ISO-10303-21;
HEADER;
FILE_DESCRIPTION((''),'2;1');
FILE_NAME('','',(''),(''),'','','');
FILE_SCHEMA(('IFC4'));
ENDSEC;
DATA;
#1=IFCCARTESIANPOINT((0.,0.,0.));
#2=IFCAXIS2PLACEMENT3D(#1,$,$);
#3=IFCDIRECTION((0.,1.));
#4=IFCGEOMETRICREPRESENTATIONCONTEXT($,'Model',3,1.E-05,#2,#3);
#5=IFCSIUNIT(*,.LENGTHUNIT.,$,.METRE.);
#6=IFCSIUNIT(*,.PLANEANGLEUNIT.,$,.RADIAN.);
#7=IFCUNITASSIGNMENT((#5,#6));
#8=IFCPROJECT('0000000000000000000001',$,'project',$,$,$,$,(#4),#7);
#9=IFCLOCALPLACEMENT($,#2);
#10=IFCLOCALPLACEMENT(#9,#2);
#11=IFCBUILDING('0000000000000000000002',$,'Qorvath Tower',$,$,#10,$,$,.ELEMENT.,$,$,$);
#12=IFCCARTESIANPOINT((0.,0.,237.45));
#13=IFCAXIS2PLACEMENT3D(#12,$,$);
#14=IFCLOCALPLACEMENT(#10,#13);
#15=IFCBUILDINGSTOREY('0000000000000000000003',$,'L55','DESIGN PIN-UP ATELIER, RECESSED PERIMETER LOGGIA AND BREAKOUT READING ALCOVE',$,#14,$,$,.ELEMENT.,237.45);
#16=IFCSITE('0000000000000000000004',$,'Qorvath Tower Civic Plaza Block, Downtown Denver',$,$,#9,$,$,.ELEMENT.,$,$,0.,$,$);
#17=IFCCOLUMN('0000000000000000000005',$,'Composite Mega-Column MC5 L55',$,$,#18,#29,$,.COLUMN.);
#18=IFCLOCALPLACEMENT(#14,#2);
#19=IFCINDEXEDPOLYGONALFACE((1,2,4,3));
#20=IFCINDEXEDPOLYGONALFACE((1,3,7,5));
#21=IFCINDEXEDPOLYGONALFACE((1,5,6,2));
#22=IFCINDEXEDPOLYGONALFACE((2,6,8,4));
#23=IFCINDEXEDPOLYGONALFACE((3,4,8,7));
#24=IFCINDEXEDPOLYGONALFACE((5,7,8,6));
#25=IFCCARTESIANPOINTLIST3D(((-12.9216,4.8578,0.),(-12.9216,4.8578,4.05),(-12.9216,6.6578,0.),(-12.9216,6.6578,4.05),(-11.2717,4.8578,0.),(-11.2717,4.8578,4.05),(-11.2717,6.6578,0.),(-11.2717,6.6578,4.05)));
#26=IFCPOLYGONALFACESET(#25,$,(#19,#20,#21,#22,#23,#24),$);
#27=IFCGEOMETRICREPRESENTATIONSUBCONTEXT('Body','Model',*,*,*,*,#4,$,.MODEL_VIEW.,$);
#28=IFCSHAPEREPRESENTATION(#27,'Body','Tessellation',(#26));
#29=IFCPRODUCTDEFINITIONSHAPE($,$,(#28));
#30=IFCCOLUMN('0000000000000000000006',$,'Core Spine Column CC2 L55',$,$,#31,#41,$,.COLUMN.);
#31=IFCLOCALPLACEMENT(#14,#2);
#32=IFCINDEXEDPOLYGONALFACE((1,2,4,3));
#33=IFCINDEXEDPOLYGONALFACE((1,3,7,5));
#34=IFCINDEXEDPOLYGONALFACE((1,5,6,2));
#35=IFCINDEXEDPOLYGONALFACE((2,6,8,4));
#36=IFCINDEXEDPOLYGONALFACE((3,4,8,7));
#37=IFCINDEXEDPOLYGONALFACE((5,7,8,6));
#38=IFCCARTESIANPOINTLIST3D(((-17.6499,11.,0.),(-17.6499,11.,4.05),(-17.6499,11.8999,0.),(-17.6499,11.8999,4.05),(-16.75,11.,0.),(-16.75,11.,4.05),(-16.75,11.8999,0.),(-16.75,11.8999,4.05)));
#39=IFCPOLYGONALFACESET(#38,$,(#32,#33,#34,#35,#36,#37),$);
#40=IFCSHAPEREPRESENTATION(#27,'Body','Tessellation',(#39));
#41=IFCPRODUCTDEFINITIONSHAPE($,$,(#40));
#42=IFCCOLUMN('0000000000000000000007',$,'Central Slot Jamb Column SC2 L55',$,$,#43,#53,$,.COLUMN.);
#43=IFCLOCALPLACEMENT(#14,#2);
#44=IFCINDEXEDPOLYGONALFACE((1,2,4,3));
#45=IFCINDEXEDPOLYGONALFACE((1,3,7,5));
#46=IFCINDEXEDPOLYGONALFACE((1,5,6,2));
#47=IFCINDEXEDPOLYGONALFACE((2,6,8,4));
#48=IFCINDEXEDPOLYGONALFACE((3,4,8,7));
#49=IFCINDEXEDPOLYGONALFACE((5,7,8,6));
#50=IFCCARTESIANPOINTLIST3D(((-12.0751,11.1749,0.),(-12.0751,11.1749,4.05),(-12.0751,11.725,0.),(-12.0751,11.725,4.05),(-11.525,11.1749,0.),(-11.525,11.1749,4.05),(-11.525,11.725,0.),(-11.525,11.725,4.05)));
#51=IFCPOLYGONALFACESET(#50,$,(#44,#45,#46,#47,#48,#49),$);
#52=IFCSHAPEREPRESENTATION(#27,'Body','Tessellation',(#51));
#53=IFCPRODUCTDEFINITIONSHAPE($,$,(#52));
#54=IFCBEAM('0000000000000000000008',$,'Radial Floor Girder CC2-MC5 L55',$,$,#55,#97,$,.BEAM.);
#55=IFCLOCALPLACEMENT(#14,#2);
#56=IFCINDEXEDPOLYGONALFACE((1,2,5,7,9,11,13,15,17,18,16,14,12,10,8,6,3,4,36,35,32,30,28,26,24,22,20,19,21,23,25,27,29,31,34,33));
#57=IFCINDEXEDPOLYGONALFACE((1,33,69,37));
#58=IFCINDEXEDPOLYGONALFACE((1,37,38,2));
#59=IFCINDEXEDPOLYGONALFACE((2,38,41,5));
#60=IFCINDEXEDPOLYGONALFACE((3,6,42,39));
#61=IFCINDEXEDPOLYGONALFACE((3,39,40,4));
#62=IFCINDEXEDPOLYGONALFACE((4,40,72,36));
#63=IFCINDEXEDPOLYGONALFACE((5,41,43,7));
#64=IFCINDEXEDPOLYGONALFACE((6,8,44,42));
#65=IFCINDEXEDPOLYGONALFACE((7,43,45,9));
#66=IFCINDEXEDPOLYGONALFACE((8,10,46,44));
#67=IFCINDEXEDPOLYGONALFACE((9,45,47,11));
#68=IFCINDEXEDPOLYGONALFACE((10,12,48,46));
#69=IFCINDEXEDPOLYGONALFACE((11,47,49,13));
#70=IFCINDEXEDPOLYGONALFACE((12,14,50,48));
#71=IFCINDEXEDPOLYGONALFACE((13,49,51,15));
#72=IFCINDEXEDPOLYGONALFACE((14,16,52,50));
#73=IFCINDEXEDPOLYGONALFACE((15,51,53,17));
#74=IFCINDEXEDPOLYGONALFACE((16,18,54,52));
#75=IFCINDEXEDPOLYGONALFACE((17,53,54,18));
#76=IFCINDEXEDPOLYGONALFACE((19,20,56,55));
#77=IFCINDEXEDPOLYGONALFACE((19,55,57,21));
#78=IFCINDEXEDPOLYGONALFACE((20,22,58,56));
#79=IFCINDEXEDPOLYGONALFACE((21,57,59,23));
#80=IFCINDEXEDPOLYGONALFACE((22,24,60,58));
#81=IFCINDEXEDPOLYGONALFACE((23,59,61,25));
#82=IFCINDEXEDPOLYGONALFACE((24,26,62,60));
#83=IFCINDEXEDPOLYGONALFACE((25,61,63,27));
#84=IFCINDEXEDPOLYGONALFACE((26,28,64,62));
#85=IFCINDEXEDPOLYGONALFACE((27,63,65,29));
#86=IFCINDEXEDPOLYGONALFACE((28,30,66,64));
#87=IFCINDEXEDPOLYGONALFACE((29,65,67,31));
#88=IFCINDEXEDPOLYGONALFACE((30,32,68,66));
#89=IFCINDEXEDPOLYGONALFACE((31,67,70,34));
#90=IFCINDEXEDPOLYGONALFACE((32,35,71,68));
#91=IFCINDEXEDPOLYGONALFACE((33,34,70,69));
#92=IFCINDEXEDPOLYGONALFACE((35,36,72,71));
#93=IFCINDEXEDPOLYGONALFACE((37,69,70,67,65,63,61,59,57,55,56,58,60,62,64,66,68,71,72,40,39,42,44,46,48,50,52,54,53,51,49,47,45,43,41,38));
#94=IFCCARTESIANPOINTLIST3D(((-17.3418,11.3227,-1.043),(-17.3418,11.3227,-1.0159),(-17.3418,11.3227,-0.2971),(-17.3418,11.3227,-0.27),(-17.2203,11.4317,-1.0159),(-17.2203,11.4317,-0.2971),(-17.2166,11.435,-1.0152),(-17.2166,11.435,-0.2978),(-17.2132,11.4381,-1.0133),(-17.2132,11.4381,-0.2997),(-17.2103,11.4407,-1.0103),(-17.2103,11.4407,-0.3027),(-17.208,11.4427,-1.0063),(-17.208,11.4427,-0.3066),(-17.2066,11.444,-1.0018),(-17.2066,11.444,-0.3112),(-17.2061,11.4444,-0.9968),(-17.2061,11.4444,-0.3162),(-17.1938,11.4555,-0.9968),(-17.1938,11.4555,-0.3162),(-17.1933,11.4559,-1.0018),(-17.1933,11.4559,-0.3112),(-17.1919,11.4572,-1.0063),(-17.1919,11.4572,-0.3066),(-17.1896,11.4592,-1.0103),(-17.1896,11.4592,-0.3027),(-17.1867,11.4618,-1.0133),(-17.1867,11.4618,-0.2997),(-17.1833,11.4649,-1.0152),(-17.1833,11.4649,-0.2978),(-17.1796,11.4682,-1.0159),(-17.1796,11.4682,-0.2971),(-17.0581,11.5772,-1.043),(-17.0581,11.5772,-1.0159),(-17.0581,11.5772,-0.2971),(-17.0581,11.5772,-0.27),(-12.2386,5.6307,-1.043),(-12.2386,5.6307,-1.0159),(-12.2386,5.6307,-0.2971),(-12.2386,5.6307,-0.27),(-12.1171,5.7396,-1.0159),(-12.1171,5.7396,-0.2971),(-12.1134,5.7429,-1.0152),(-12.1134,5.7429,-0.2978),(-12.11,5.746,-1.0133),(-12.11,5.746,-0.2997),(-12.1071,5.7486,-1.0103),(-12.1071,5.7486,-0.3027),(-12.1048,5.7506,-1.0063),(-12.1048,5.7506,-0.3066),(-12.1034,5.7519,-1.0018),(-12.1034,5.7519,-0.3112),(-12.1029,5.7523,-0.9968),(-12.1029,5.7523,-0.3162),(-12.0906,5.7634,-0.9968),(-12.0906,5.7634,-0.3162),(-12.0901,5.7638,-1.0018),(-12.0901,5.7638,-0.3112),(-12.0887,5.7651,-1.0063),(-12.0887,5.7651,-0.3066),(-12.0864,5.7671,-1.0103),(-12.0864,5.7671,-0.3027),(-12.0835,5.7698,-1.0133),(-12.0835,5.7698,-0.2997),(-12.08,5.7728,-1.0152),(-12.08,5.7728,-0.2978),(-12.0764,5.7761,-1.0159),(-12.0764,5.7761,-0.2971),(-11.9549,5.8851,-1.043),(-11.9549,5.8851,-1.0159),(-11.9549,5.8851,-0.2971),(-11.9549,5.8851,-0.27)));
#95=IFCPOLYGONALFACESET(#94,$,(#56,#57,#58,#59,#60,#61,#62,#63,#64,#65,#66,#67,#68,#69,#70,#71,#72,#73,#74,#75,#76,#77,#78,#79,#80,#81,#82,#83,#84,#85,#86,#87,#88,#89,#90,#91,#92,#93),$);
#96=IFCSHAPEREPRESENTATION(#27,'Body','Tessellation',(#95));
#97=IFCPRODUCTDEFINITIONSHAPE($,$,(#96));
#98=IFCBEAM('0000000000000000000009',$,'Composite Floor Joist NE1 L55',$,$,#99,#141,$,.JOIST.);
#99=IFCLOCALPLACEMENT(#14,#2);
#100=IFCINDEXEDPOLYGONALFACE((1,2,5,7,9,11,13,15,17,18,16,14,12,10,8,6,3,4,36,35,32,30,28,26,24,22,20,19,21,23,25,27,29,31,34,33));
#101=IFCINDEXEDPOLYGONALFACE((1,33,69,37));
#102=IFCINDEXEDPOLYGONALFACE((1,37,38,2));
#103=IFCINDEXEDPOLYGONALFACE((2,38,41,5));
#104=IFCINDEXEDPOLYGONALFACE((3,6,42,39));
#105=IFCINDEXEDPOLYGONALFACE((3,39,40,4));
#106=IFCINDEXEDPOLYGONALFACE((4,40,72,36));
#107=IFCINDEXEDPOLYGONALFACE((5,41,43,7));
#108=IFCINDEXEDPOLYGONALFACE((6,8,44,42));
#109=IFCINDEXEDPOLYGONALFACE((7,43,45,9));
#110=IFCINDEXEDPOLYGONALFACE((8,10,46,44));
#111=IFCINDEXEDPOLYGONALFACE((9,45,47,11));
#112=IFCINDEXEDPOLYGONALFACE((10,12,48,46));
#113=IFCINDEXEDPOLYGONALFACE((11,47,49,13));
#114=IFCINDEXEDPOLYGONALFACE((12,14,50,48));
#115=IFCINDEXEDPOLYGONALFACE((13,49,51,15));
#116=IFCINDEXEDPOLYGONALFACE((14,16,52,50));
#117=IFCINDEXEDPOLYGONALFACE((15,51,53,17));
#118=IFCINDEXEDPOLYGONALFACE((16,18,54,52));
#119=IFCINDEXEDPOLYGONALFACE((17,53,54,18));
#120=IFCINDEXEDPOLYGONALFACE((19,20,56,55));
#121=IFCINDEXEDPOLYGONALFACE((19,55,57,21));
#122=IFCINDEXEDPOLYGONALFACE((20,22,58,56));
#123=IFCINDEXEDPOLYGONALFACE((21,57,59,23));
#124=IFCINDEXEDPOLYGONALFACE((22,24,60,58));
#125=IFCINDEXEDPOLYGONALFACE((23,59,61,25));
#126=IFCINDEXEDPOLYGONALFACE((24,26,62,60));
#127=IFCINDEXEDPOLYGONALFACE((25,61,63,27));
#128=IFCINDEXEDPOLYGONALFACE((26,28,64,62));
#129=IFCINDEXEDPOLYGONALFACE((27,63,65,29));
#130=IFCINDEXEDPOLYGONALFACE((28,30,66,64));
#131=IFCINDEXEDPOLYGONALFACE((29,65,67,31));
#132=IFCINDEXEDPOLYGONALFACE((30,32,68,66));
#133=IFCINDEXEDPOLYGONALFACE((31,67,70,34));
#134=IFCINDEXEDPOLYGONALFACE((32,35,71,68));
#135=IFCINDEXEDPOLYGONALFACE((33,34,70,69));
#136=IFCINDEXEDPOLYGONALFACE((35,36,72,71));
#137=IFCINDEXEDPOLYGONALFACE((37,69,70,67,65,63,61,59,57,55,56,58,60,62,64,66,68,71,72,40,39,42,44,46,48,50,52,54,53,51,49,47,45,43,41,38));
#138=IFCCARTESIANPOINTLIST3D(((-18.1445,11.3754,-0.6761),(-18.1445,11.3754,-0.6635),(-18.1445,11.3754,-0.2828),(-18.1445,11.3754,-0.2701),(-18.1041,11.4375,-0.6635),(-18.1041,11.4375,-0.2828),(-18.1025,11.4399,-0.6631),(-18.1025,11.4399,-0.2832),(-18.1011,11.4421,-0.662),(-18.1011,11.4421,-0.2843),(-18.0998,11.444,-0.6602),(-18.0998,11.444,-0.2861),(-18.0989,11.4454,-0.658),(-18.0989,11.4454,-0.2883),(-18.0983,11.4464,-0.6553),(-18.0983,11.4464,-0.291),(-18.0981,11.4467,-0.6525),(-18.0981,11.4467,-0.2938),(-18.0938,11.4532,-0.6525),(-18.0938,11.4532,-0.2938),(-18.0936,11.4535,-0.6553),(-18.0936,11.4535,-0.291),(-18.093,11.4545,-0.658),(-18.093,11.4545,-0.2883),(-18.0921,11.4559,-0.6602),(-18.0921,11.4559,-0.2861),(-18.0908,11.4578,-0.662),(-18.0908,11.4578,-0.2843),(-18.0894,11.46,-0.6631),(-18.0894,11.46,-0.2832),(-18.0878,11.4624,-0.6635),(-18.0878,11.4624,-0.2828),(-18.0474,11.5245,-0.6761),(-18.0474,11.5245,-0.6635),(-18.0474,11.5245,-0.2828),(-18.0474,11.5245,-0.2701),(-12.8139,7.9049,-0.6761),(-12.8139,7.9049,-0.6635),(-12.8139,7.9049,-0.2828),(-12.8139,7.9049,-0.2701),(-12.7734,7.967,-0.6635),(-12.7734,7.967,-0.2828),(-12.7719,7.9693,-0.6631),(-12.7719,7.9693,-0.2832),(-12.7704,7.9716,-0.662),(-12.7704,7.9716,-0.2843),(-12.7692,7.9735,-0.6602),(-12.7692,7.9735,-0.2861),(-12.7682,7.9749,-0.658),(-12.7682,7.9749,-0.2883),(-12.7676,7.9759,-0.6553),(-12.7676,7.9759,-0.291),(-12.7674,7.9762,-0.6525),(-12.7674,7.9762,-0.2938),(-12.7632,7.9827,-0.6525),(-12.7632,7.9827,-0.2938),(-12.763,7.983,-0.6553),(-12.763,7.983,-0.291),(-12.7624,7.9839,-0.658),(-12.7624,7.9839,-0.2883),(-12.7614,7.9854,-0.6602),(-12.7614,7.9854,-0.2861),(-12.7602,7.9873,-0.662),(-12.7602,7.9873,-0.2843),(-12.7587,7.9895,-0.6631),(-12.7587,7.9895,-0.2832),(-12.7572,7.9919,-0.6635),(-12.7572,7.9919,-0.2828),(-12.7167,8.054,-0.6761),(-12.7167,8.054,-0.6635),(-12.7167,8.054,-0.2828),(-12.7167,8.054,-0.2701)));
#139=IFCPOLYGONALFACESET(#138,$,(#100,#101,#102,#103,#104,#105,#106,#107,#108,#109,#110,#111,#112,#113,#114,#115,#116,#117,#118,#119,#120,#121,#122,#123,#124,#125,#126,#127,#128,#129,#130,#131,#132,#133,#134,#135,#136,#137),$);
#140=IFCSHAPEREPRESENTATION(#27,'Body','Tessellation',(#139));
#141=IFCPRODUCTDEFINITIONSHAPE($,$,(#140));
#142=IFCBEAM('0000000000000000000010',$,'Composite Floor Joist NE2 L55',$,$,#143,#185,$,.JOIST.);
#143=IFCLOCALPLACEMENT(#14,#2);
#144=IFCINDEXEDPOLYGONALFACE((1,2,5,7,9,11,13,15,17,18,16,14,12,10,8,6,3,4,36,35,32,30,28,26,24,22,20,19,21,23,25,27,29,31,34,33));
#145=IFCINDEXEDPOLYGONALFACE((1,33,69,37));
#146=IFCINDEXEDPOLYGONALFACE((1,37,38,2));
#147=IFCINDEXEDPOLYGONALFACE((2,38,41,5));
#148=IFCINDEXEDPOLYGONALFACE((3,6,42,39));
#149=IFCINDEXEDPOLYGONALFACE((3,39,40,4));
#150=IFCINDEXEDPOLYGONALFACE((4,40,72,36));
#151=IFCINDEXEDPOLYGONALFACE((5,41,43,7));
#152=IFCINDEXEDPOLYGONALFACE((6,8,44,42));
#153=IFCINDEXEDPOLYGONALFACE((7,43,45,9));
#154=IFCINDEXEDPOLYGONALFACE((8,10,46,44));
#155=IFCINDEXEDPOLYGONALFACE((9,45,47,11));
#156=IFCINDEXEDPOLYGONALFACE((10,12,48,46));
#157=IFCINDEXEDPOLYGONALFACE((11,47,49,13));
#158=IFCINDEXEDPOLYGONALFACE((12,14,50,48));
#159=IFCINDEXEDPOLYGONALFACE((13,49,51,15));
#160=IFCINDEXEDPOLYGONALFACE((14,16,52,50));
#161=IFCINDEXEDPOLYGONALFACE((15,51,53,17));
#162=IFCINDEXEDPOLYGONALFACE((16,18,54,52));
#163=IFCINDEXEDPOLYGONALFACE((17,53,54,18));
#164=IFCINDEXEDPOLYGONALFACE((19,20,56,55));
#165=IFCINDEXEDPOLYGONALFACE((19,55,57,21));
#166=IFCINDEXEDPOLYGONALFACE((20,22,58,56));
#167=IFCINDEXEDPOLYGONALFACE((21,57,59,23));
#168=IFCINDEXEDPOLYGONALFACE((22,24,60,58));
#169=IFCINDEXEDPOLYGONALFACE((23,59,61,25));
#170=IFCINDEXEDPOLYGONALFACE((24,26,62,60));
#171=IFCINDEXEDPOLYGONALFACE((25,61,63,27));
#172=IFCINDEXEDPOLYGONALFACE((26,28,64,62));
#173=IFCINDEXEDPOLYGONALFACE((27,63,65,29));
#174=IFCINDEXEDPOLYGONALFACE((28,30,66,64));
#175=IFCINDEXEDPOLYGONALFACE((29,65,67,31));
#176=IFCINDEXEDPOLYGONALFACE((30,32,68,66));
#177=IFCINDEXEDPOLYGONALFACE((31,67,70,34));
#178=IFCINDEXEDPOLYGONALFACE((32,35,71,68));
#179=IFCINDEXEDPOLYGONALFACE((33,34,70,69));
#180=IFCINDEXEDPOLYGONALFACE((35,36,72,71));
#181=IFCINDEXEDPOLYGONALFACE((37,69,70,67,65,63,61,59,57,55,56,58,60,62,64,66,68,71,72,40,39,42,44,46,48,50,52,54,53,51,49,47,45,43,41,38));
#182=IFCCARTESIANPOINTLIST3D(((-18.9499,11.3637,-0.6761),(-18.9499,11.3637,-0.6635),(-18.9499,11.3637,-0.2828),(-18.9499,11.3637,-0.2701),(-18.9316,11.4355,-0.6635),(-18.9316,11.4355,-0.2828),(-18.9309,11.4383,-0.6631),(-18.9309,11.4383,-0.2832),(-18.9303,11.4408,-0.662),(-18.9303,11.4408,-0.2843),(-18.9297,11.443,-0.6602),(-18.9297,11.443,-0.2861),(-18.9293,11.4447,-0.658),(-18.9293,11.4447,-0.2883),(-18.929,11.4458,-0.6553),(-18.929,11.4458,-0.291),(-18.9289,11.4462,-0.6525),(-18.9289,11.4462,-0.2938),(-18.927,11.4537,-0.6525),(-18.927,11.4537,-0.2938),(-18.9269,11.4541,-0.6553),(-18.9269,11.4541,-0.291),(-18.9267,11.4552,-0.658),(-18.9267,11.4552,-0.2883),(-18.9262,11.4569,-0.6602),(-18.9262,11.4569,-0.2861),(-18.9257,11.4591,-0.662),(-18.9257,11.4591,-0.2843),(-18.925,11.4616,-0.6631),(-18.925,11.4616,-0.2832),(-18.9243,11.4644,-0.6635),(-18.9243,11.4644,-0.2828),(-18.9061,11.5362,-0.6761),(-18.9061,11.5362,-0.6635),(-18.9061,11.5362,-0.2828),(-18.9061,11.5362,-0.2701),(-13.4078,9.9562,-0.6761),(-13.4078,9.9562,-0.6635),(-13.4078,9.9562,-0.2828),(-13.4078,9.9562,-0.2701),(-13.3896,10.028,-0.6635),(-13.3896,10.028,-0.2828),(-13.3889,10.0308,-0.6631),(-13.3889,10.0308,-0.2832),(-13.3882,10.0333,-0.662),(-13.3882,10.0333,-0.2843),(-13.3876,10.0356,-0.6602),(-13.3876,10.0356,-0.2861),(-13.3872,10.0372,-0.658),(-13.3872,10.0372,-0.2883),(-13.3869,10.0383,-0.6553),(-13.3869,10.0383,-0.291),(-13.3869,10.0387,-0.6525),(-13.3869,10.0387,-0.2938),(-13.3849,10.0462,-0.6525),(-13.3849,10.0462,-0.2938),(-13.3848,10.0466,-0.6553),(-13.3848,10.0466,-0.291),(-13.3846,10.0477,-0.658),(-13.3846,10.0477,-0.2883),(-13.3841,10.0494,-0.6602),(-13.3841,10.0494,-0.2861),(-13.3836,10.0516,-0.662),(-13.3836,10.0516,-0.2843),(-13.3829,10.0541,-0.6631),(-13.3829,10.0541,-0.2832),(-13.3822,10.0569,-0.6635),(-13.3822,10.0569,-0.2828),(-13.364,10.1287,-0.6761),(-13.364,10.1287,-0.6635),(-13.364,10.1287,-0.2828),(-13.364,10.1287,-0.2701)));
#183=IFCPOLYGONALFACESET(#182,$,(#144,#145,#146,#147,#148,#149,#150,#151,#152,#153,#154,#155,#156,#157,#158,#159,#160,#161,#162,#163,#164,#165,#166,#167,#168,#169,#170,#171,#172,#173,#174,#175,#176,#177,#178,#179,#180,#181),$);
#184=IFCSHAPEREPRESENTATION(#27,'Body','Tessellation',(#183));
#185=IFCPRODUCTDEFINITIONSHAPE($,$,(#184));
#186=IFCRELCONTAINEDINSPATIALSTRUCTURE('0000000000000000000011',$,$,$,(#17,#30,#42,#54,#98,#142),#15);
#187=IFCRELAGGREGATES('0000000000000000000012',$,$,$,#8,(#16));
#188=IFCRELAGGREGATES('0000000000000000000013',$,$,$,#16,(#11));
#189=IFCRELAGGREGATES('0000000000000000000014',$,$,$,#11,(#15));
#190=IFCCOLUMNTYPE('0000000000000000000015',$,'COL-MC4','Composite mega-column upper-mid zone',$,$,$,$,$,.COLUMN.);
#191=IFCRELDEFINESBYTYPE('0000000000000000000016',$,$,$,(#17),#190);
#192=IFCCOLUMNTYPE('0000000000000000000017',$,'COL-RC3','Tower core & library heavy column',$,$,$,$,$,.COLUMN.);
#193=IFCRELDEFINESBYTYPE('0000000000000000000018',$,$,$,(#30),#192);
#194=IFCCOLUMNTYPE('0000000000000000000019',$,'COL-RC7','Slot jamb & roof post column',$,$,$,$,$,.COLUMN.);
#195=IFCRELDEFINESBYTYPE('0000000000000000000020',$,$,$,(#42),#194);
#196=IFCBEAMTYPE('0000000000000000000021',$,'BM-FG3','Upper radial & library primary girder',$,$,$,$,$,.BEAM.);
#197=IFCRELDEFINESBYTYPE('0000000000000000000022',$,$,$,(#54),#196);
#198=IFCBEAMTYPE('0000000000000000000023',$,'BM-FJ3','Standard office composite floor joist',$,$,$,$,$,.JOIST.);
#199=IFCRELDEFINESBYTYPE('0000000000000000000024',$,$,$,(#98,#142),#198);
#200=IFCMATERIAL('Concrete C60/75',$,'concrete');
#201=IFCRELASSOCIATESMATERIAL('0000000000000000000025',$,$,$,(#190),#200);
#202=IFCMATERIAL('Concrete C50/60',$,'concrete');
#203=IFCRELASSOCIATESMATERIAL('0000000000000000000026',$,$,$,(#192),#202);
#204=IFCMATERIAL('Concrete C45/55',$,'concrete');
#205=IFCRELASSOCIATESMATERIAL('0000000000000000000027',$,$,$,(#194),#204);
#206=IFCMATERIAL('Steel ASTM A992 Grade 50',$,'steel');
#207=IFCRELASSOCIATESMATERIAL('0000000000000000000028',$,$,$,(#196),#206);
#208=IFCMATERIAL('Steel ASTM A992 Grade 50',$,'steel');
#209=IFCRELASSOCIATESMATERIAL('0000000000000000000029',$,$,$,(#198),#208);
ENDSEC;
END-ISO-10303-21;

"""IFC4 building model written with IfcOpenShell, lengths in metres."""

from ifc_helpers import new_model, si_unit, direction, frame, origin, origin_2d, place, context, subcontext, project, spatial, rectangle, i_section, extrude, material, material_profile, profile_set, type_object, element, save


model = new_model("IFC4")

# Units and contexts
model_context = context("Model", 3, precision=1e-05, world=origin(), true_north=direction((0.0, 1.0)))
body_context = subcontext(model_context, "Body", "Model", "MODEL_VIEW")
ifc_project = project(units=[si_unit("LENGTHUNIT", "METRE"), si_unit("PLANEANGLEUNIT", "RADIAN")], contexts=[model_context])

# Site, building, storey
site_placement = place(None, origin())
site = spatial("IfcSite", under=ifc_project, at=site_placement, Name="Qorvath Tower Civic Plaza Block, Downtown Denver", CompositionType="ELEMENT", RefElevation=0.0)
building_placement = place(site_placement, origin())
building = spatial("IfcBuilding", under=site, at=building_placement, Name="Qorvath Tower", CompositionType="ELEMENT")
storey_placement = place(building_placement, frame((0.0, 0.0, 237.45)))
storey = spatial("IfcBuildingStorey", under=building, at=storey_placement, Name="L55", Description="DESIGN PIN-UP ATELIER, RECESSED PERIMETER LOGGIA AND BREAKOUT READING ALCOVE", CompositionType="ELEMENT", Elevation=237.45)

# Columns
ifc_material_1 = material(Name="Concrete C60/75", Category="concrete")
ifc_material_profile_1 = material_profile(ifc_material_1, rectangle(XDim=1.6499, YDim=1.8, at=origin_2d()), Name="MC 1800x1650")
ifc_profile_set_1 = profile_set([ifc_material_profile_1], Name="Concrete C60/75")
column_type_1 = type_object("IfcColumnType", Name="COL-MC4", Description="Composite mega-column upper-mid zone", PredefinedType="COLUMN", material=ifc_profile_set_1)
column_1_placement = place(storey_placement, frame((-12.0967, 5.7578, 0.0), z_axis=(0.0, 0.0, 1.0), x_axis=(1.0, 0.0, 0.0)))
element("IfcColumn", 1, at=column_1_placement, inside=storey, type_object=column_type_1, Name="Composite Mega-Column MC5 L55", PredefinedType="COLUMN", context=body_context, shape_type="SweptSolid", body=[
    extrude(rectangle(XDim=1.6499, YDim=1.8, at=origin_2d()), origin(), (0.0, 0.0, 1.0), 4.05),
])
ifc_material_2 = material(Name="Concrete C50/60", Category="concrete")
ifc_material_profile_2 = material_profile(ifc_material_2, rectangle(XDim=0.8999, YDim=0.8999, at=origin_2d()), Name="RC 900x900")
ifc_profile_set_2 = profile_set([ifc_material_profile_2], Name="Concrete C50/60")
column_type_2 = type_object("IfcColumnType", Name="COL-RC3", Description="Tower core & library heavy column", PredefinedType="COLUMN", material=ifc_profile_set_2)
column_2_placement = place(storey_placement, frame((-17.2, 11.45, 0.0), z_axis=(0.0, 0.0, 1.0), x_axis=(1.0, 0.0, 0.0)))
element("IfcColumn", 2, at=column_2_placement, inside=storey, type_object=column_type_2, Name="Core Spine Column CC2 L55", PredefinedType="COLUMN", context=body_context, shape_type="SweptSolid", body=[
    extrude(rectangle(XDim=0.8999, YDim=0.8999, at=origin_2d()), origin(), (0.0, 0.0, 1.0), 4.05),
])
ifc_material_3 = material(Name="Concrete C45/55", Category="concrete")
ifc_material_profile_3 = material_profile(ifc_material_3, rectangle(XDim=0.55, YDim=0.55, at=origin_2d()), Name="RC 550x550")
ifc_profile_set_3 = profile_set([ifc_material_profile_3], Name="Concrete C45/55")
column_type_3 = type_object("IfcColumnType", Name="COL-RC7", Description="Slot jamb & roof post column", PredefinedType="COLUMN", material=ifc_profile_set_3)
column_3_placement = place(storey_placement, frame((-11.8, 11.45, 0.0), z_axis=(0.0, 0.0, 1.0), x_axis=(1.0, 0.0, 0.0)))
element("IfcColumn", 3, at=column_3_placement, inside=storey, type_object=column_type_3, Name="Central Slot Jamb Column SC2 L55", PredefinedType="COLUMN", context=body_context, shape_type="SweptSolid", body=[
    extrude(rectangle(XDim=0.55, YDim=0.55, at=origin_2d()), origin(), (0.0, 0.0, 1.0), 4.05),
])

# Beams
ifc_material_4 = material(Name="Steel ASTM A992 Grade 50", Category="steel")
ifc_material_profile_4 = material_profile(ifc_material_4, i_section(OverallWidth=0.3811, OverallDepth=0.7729, WebThickness=0.0166, FlangeThickness=0.0271, FilletRadius=0.019, at=origin_2d()), Name="W30x173")
ifc_profile_set_4 = profile_set([ifc_material_profile_4], Name="Steel ASTM A992 Grade 50")
beam_type_1 = type_object("IfcBeamType", Name="BM-FG3", Description="Upper radial & library primary girder", PredefinedType="BEAM", material=ifc_profile_set_4)
beam_1_placement = place(storey_placement, frame((-17.2, 11.45, -0.6565), z_axis=(0.667543, -0.744571, 0.0), x_axis=(0.744571, 0.667543, 0.0)))
element("IfcBeam", 4, at=beam_1_placement, inside=storey, type_object=beam_type_1, Name="Radial Floor Girder CC2-MC5 L55", PredefinedType="BEAM", context=body_context, shape_type="SweptSolid", body=[
    extrude(i_section(OverallWidth=0.3811, OverallDepth=0.7729, WebThickness=0.0166, FlangeThickness=0.0271, FilletRadius=0.019, at=origin_2d()), origin(), (0.0, 0.0, 1.0), 7.6448),
])
ifc_material_5 = material(Name="Steel ASTM A992 Grade 50", Category="steel")
ifc_material_profile_5 = material_profile(ifc_material_5, i_section(OverallWidth=0.178, OverallDepth=0.406, WebThickness=0.0078, FlangeThickness=0.0127, FilletRadius=0.011, at=origin_2d()), Name="W16x40")
ifc_profile_set_5 = profile_set([ifc_material_profile_5], Name="Steel ASTM A992 Grade 50")
beam_type_2 = type_object("IfcBeamType", Name="BM-FJ3", Description="Standard office composite floor joist", PredefinedType="JOIST", material=ifc_profile_set_5)
beam_2_placement = place(storey_placement, frame((-18.0959, 11.45, -0.4731), z_axis=(0.838042, -0.545606, 0.0), x_axis=(0.545606, 0.838042, 0.0)))
element("IfcBeam", 5, at=beam_2_placement, inside=storey, type_object=beam_type_2, Name="Composite Floor Joist NE1 L55", PredefinedType="JOIST", context=body_context, shape_type="SweptSolid", body=[
    extrude(i_section(OverallWidth=0.178, OverallDepth=0.406, WebThickness=0.0078, FlangeThickness=0.0127, FilletRadius=0.011, at=origin_2d()), origin(), (0.0, 0.0, 1.0), 6.3608),
])
beam_3_placement = place(storey_placement, frame((-18.928, 11.45, -0.4731), z_axis=(0.969232, -0.246151, 0.0), x_axis=(0.246151, 0.969232, 0.0)))
element("IfcBeam", 6, at=beam_3_placement, inside=storey, type_object=beam_type_2, Name="Composite Floor Joist NE2 L55", PredefinedType="JOIST", context=body_context, shape_type="SweptSolid", body=[
    extrude(i_section(OverallWidth=0.178, OverallDepth=0.406, WebThickness=0.0078, FlangeThickness=0.0127, FilletRadius=0.011, at=origin_2d()), origin(), (0.0, 0.0, 1.0), 5.718),
])

save(model, "model.ifc")
